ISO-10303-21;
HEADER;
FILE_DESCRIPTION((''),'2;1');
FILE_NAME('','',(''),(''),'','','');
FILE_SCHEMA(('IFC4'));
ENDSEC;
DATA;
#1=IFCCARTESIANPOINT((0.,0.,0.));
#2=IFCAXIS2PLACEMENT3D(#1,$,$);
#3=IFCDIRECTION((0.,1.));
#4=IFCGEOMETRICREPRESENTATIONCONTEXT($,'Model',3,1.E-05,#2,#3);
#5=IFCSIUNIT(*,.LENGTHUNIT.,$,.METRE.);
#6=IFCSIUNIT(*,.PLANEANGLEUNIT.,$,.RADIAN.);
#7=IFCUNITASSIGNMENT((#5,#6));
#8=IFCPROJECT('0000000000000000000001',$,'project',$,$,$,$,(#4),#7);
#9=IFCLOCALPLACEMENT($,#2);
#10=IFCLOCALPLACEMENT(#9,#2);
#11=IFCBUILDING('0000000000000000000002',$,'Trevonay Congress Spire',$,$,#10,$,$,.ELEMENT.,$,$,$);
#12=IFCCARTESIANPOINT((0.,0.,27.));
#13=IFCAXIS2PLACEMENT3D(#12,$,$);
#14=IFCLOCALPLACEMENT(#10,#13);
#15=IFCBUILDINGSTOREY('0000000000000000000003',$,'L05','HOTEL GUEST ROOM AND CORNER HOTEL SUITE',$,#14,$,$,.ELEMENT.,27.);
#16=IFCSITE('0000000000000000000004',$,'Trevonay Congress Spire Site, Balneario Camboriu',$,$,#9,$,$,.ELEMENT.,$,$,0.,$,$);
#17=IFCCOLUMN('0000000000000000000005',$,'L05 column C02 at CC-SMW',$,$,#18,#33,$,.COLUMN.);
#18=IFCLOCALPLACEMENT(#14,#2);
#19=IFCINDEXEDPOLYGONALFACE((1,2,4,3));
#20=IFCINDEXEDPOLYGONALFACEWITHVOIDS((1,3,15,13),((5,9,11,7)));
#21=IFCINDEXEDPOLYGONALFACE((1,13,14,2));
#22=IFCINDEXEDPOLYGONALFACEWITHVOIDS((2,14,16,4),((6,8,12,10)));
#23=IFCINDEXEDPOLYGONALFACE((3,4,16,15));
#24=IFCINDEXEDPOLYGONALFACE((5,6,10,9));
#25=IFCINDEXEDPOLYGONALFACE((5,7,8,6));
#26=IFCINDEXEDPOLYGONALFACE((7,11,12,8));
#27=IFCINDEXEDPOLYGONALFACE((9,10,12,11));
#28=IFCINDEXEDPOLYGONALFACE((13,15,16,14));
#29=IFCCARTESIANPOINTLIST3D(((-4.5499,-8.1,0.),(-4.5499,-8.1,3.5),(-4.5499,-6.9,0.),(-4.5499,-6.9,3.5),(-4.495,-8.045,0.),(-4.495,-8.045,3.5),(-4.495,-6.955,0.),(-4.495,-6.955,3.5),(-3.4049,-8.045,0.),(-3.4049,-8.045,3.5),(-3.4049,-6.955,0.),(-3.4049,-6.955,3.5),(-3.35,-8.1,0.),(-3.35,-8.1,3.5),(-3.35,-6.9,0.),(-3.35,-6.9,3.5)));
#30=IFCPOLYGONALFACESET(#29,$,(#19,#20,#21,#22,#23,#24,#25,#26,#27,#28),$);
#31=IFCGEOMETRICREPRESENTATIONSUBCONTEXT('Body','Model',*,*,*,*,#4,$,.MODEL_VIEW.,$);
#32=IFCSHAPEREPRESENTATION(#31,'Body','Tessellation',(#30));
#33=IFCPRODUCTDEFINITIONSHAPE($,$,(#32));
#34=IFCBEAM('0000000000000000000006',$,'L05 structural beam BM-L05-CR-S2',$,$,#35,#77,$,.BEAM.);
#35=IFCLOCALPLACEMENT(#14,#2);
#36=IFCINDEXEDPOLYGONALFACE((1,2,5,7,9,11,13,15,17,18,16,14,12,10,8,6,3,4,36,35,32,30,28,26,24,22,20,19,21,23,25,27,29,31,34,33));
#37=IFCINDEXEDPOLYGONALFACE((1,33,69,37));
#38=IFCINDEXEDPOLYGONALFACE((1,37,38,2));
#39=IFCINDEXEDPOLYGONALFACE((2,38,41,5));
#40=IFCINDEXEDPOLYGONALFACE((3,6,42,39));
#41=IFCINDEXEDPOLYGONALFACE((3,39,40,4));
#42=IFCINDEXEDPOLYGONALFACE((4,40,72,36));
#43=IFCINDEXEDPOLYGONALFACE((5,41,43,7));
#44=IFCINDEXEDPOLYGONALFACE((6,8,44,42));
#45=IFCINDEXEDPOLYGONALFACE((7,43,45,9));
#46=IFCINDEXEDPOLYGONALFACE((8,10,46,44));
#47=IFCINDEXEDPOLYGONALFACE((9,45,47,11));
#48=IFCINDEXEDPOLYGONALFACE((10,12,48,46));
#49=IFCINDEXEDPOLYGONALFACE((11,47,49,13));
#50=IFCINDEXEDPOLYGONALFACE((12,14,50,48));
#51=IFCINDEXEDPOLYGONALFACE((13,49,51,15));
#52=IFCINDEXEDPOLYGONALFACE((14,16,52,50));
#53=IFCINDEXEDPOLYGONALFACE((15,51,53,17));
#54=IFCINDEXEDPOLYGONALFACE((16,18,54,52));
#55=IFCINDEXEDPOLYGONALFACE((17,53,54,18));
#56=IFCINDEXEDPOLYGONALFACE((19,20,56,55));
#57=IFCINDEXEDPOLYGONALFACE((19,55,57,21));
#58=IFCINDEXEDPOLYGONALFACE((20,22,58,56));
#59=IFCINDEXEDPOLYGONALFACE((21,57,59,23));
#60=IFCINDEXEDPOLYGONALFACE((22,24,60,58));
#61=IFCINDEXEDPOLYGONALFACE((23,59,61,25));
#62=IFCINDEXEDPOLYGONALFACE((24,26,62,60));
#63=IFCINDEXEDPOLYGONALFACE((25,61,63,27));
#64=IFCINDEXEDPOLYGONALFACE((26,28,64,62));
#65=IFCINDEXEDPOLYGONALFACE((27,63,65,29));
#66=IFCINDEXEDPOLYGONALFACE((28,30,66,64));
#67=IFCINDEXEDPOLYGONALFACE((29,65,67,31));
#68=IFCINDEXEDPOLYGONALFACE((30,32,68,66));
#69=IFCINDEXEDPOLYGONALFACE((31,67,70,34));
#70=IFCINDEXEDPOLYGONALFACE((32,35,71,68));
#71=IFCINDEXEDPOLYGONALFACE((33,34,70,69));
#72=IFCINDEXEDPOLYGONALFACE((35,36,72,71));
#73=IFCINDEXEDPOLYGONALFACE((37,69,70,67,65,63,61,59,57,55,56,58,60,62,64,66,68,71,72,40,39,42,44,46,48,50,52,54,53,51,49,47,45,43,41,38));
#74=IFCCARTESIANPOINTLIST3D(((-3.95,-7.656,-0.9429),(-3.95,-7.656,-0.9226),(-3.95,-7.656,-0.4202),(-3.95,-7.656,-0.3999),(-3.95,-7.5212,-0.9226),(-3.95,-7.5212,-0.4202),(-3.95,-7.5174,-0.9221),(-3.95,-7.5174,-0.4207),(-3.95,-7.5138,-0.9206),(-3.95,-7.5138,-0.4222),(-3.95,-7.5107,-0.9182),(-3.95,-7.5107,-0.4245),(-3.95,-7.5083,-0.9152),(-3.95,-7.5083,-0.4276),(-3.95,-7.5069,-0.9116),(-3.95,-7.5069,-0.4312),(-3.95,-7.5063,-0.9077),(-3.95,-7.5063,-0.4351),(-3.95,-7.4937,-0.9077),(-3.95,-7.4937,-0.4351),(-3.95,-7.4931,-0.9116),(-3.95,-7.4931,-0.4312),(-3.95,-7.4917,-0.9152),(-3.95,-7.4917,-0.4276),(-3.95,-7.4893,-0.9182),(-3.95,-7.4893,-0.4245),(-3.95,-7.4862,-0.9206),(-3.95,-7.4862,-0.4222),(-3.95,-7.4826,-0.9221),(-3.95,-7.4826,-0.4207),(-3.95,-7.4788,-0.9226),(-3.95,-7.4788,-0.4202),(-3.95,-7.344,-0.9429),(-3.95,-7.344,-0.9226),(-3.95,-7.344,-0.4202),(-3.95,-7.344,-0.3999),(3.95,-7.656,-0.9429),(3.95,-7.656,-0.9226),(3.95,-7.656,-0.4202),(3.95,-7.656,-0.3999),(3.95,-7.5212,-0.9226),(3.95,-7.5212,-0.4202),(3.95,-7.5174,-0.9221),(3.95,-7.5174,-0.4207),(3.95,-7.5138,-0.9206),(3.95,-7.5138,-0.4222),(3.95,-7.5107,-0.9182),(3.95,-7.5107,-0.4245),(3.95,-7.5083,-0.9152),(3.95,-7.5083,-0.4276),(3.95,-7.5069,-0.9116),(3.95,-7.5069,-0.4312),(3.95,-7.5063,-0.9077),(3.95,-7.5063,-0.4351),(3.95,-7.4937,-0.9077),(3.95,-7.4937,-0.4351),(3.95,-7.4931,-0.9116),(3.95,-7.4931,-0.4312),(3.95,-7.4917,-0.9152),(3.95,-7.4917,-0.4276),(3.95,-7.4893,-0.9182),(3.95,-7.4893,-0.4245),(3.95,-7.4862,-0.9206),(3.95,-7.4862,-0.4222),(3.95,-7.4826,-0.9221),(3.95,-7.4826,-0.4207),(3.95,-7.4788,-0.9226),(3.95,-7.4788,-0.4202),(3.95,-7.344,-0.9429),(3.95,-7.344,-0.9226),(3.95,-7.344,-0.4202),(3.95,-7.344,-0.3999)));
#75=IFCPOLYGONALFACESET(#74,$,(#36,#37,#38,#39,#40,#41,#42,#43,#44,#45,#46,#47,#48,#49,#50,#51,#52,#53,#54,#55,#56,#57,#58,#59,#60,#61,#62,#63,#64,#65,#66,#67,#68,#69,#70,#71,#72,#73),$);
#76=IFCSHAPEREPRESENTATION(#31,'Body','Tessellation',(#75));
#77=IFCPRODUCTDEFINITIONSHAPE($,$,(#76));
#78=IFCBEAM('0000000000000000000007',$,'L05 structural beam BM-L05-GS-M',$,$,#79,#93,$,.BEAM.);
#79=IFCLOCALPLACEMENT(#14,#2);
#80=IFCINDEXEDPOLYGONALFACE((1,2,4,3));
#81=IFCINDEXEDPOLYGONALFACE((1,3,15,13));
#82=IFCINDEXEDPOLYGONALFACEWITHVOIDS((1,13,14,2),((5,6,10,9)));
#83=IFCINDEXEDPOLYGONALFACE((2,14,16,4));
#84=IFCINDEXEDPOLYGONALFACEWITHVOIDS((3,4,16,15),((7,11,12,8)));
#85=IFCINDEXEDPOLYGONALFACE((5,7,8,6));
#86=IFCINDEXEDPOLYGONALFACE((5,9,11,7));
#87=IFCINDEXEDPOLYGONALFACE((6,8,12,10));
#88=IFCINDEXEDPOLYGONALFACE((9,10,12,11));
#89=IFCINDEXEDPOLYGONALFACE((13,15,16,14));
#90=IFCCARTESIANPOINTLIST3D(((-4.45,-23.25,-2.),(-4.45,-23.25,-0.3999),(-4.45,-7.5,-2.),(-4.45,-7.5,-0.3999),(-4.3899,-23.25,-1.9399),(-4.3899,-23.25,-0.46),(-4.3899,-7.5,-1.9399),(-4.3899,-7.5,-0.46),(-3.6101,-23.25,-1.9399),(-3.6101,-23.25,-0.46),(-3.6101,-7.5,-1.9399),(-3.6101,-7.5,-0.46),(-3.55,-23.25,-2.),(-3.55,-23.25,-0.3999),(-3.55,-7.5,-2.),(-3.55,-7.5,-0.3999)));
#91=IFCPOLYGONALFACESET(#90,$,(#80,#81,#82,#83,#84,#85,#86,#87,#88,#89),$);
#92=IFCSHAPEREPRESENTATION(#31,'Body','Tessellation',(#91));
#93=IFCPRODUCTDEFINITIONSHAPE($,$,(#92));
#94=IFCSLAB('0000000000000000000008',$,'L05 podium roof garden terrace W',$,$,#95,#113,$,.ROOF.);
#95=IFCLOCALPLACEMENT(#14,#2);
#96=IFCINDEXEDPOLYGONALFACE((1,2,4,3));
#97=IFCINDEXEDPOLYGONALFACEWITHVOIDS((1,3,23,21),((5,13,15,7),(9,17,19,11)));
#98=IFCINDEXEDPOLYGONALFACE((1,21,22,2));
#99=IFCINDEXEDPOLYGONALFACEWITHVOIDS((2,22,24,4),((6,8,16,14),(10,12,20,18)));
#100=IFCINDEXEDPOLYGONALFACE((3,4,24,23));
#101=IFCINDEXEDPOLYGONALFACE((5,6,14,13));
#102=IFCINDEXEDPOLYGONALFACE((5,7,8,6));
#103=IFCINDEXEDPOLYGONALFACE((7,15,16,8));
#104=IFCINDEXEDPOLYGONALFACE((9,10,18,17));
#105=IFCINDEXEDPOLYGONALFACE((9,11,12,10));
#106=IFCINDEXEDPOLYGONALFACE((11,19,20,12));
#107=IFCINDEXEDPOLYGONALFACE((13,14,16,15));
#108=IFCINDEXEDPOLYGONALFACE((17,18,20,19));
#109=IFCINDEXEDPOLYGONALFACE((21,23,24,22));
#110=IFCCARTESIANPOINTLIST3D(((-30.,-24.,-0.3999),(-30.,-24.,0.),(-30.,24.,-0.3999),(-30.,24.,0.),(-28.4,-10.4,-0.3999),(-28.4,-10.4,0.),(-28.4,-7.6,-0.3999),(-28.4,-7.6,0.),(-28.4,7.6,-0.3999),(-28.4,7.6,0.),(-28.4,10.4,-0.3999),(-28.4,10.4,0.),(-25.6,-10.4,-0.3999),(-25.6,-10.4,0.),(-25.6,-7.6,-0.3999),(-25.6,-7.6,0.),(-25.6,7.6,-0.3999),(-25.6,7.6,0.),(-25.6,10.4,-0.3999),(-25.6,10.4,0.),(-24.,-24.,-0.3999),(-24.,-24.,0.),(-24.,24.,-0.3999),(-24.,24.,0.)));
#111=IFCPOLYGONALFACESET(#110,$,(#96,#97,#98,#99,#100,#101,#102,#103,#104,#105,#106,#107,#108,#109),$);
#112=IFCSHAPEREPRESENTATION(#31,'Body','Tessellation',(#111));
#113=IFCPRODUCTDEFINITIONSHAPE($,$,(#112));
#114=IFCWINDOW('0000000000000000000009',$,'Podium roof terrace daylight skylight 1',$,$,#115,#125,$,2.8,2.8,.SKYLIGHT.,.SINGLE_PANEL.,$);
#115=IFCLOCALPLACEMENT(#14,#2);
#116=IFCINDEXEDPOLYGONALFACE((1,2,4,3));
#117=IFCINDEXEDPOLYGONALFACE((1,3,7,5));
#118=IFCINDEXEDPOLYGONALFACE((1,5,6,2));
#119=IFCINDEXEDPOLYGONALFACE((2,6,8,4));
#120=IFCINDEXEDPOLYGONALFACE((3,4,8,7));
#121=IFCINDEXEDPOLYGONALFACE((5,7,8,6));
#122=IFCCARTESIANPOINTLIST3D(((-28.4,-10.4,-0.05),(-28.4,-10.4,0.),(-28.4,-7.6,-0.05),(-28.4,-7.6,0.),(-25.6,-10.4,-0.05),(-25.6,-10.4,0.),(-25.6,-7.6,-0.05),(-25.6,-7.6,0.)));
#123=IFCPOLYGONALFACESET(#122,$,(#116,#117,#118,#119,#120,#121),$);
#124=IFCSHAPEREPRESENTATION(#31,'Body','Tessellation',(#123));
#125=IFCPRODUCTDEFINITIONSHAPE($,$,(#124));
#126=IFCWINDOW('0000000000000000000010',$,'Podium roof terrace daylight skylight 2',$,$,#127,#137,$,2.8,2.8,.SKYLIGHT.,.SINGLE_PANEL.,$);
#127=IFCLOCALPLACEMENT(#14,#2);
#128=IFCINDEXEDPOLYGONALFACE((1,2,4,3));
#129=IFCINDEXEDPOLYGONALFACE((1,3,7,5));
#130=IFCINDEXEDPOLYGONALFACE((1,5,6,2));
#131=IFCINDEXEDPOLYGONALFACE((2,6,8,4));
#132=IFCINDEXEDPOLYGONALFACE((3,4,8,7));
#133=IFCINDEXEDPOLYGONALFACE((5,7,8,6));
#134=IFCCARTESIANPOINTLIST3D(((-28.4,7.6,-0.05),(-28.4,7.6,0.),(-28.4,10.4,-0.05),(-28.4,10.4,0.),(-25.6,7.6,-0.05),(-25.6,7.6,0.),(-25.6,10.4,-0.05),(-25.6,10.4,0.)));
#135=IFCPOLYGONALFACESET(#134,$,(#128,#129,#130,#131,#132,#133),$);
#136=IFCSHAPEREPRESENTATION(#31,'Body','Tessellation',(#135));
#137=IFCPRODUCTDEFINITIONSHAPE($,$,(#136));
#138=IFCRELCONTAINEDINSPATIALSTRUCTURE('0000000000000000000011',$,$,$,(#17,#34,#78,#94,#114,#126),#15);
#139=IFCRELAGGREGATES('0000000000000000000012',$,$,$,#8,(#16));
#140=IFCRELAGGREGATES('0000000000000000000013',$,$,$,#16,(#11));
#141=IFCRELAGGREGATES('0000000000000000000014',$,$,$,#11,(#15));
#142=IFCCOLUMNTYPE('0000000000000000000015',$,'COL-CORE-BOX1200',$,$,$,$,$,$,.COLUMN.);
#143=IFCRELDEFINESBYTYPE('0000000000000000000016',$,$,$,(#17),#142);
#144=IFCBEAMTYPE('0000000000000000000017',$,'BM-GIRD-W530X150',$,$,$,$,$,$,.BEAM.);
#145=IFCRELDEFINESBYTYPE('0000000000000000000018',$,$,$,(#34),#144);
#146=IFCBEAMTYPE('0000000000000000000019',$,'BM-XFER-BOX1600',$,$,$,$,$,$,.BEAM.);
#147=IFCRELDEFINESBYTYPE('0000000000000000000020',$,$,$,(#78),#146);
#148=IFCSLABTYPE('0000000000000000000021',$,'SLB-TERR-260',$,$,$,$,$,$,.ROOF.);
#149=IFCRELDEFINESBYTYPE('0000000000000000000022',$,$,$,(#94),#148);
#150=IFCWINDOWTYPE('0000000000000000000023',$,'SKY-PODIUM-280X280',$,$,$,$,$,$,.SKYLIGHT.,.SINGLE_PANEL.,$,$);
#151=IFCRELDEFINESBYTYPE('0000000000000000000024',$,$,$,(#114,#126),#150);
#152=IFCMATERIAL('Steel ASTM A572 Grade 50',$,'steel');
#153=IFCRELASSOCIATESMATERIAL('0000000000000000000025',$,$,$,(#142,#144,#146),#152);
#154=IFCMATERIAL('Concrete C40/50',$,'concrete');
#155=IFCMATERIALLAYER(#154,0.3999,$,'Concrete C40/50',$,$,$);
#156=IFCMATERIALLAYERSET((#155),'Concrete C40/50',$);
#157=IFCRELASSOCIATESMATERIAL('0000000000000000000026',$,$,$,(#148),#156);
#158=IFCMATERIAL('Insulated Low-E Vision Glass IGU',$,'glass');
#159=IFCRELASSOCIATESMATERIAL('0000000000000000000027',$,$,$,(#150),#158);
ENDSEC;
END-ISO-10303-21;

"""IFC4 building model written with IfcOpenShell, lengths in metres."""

from ifc_helpers import new_model, si_unit, direction, frame, origin, origin_2d, place, context, subcontext, project, spatial, polyline, rectangle, hollow_rectangle, i_section, outline, extrude, material, layer, layer_set, material_profile, profile_set, type_object, element, fill, save


model = new_model("IFC4")

# Units and contexts
model_context = context("Model", 3, precision=1e-05, world=origin(), true_north=direction((0.0, 1.0)))
body_context = subcontext(model_context, "Body", "Model", "MODEL_VIEW")
ifc_project = project(units=[si_unit("LENGTHUNIT", "METRE"), si_unit("PLANEANGLEUNIT", "RADIAN")], contexts=[model_context])

# Site, building, storey
site_placement = place(None, origin())
site = spatial("IfcSite", under=ifc_project, at=site_placement, Name="Trevonay Congress Spire Site, Balneario Camboriu", CompositionType="ELEMENT", RefElevation=0.0)
building_placement = place(site_placement, origin())
building = spatial("IfcBuilding", under=site, at=building_placement, Name="Trevonay Congress Spire", CompositionType="ELEMENT")
storey_placement = place(building_placement, frame((0.0, 0.0, 27.0)))
storey = spatial("IfcBuildingStorey", under=building, at=storey_placement, Name="L05", Description="HOTEL GUEST ROOM AND CORNER HOTEL SUITE", CompositionType="ELEMENT", Elevation=27.0)

# Column
ifc_material_1 = material(Name="Steel ASTM A572 Grade 50", Category="steel")
ifc_material_profile_1 = material_profile(ifc_material_1, hollow_rectangle(XDim=1.2, YDim=1.2, WallThickness=0.0549, at=origin_2d()), Name="BOX 1200x1200x55")
ifc_profile_set_1 = profile_set([ifc_material_profile_1], Name="Steel ASTM A572 Grade 50")
column_type = type_object("IfcColumnType", Name="COL-CORE-BOX1200", PredefinedType="COLUMN", material=ifc_profile_set_1)
column_placement = place(storey_placement, frame((-3.95, -7.5, 0.0), z_axis=(0.0, 0.0, 1.0), x_axis=(1.0, 0.0, 0.0)))
element("IfcColumn", 1, at=column_placement, inside=storey, type_object=column_type, Name="L05 column C02 at CC-SMW", PredefinedType="COLUMN", context=body_context, shape_type="SweptSolid", body=[
    extrude(hollow_rectangle(XDim=1.2, YDim=1.2, WallThickness=0.0549, at=origin_2d()), origin(), (0.0, 0.0, 1.0), 3.5),
])

# Beams
ifc_material_profile_2 = material_profile(ifc_material_1, i_section(OverallWidth=0.312, OverallDepth=0.543, WebThickness=0.0127, FlangeThickness=0.0203, FilletRadius=0.0149, at=origin_2d()), Name="W530x150")
ifc_profile_set_2 = profile_set([ifc_material_profile_2], Name="Steel ASTM A572 Grade 50")
beam_type_1 = type_object("IfcBeamType", Name="BM-GIRD-W530X150", PredefinedType="BEAM", material=ifc_profile_set_2)
beam_1_placement = place(storey_placement, frame((-3.95, -7.5, -0.6714), z_axis=(1.0, 0.0, 0.0), x_axis=(0.0, 1.0, 0.0)))
element("IfcBeam", 2, at=beam_1_placement, inside=storey, type_object=beam_type_1, Name="L05 structural beam BM-L05-CR-S2", PredefinedType="BEAM", context=body_context, shape_type="SweptSolid", body=[
    extrude(i_section(OverallWidth=0.312, OverallDepth=0.543, WebThickness=0.0127, FlangeThickness=0.0203, FilletRadius=0.0149, at=origin_2d()), origin(), (0.0, 0.0, 1.0), 7.8999),
])
ifc_material_profile_3 = material_profile(ifc_material_1, hollow_rectangle(XDim=0.8999, YDim=1.6001, WallThickness=0.0601, at=origin_2d()), Name="BOX 1600x900x60")
ifc_profile_set_3 = profile_set([ifc_material_profile_3], Name="Steel ASTM A572 Grade 50")
beam_type_2 = type_object("IfcBeamType", Name="BM-XFER-BOX1600", PredefinedType="BEAM", material=ifc_profile_set_3)
beam_2_placement = place(storey_placement, frame((-4.0, -7.5, -1.2), z_axis=(0.0, -1.0, 0.0), x_axis=(1.0, 0.0, 0.0)))
element("IfcBeam", 3, at=beam_2_placement, inside=storey, type_object=beam_type_2, Name="L05 structural beam BM-L05-GS-M", PredefinedType="BEAM", context=body_context, shape_type="SweptSolid", body=[
    extrude(hollow_rectangle(XDim=0.8999, YDim=1.6001, WallThickness=0.0601, at=origin_2d()), origin(), (0.0, 0.0, 1.0), 15.75),
])

# Slab, openings, windows
ifc_material_2 = material(Name="Concrete C40/50", Category="concrete")
ifc_layer_1 = layer(ifc_material_2, 0.3999, Name="Concrete C40/50")
ifc_layer_set_1 = layer_set([ifc_layer_1], Name="Concrete C40/50")
slab_type_1 = type_object("IfcSlabType", Name="SLB-TERR-260", PredefinedType="ROOF", material=ifc_layer_set_1)
slab_1_placement = place(storey_placement, frame((0.0, 0.0, -0.3999)))
slab_1 = element("IfcSlab", 4, at=slab_1_placement, inside=storey, type_object=slab_type_1, Name="L05 podium roof garden terrace W", PredefinedType="ROOF", context=body_context, shape_type="SweptSolid", body=[
    extrude(outline(polyline([(-30.0, -24.0), (-24.0, -24.0), (-24.0, 24.0), (-30.0, 24.0), (-30.0, -24.0)])), origin(), (0.0, 0.0, 1.0), 0.3999),
])
opening_1_placement = place(slab_1_placement, frame((-27.0, -9.0, -0.01)))
opening_1 = element("IfcOpeningElement", 5, at=opening_1_placement, cuts=slab_1, PredefinedType="OPENING", context=body_context, shape_type="SweptSolid", body=[
    extrude(rectangle(XDim=2.8, YDim=2.8, at=origin_2d()), origin(), (0.0, 0.0, 1.0), 0.4199),
])
opening_2_placement = place(slab_1_placement, frame((-27.0, 9.0, -0.01)))
opening_2 = element("IfcOpeningElement", 6, at=opening_2_placement, cuts=slab_1, PredefinedType="OPENING", context=body_context, shape_type="SweptSolid", body=[
    extrude(rectangle(XDim=2.8, YDim=2.8, at=origin_2d()), origin(), (0.0, 0.0, 1.0), 0.4199),
])
ifc_material_3 = material(Name="Insulated Low-E Vision Glass IGU", Category="glass")
window_type = type_object("IfcWindowType", Name="SKY-PODIUM-280X280", PartitioningType="SINGLE_PANEL", PredefinedType="SKYLIGHT", material=ifc_material_3)
window_1_placement = place(opening_1_placement, frame((0.0, 0.0, 0.3599)))
window_1 = element("IfcWindow", 7, at=window_1_placement, inside=storey, type_object=window_type, Name="Podium roof terrace daylight skylight 1", OverallHeight=2.8, OverallWidth=2.8, PartitioningType="SINGLE_PANEL", PredefinedType="SKYLIGHT", context=body_context, shape_type="SweptSolid", body=[
    extrude(rectangle(XDim=2.8, YDim=2.8, at=origin_2d()), origin(), (0.0, 0.0, 1.0), 0.05),
])
fill(opening_1, window_1)
window_2_placement = place(opening_2_placement, frame((0.0, 0.0, 0.3599)))
window_2 = element("IfcWindow", 8, at=window_2_placement, inside=storey, type_object=window_type, Name="Podium roof terrace daylight skylight 2", OverallHeight=2.8, OverallWidth=2.8, PartitioningType="SINGLE_PANEL", PredefinedType="SKYLIGHT", context=body_context, shape_type="SweptSolid", body=[
    extrude(rectangle(XDim=2.8, YDim=2.8, at=origin_2d()), origin(), (0.0, 0.0, 1.0), 0.05),
])
fill(opening_2, window_2)

save(model, "model.ifc")
